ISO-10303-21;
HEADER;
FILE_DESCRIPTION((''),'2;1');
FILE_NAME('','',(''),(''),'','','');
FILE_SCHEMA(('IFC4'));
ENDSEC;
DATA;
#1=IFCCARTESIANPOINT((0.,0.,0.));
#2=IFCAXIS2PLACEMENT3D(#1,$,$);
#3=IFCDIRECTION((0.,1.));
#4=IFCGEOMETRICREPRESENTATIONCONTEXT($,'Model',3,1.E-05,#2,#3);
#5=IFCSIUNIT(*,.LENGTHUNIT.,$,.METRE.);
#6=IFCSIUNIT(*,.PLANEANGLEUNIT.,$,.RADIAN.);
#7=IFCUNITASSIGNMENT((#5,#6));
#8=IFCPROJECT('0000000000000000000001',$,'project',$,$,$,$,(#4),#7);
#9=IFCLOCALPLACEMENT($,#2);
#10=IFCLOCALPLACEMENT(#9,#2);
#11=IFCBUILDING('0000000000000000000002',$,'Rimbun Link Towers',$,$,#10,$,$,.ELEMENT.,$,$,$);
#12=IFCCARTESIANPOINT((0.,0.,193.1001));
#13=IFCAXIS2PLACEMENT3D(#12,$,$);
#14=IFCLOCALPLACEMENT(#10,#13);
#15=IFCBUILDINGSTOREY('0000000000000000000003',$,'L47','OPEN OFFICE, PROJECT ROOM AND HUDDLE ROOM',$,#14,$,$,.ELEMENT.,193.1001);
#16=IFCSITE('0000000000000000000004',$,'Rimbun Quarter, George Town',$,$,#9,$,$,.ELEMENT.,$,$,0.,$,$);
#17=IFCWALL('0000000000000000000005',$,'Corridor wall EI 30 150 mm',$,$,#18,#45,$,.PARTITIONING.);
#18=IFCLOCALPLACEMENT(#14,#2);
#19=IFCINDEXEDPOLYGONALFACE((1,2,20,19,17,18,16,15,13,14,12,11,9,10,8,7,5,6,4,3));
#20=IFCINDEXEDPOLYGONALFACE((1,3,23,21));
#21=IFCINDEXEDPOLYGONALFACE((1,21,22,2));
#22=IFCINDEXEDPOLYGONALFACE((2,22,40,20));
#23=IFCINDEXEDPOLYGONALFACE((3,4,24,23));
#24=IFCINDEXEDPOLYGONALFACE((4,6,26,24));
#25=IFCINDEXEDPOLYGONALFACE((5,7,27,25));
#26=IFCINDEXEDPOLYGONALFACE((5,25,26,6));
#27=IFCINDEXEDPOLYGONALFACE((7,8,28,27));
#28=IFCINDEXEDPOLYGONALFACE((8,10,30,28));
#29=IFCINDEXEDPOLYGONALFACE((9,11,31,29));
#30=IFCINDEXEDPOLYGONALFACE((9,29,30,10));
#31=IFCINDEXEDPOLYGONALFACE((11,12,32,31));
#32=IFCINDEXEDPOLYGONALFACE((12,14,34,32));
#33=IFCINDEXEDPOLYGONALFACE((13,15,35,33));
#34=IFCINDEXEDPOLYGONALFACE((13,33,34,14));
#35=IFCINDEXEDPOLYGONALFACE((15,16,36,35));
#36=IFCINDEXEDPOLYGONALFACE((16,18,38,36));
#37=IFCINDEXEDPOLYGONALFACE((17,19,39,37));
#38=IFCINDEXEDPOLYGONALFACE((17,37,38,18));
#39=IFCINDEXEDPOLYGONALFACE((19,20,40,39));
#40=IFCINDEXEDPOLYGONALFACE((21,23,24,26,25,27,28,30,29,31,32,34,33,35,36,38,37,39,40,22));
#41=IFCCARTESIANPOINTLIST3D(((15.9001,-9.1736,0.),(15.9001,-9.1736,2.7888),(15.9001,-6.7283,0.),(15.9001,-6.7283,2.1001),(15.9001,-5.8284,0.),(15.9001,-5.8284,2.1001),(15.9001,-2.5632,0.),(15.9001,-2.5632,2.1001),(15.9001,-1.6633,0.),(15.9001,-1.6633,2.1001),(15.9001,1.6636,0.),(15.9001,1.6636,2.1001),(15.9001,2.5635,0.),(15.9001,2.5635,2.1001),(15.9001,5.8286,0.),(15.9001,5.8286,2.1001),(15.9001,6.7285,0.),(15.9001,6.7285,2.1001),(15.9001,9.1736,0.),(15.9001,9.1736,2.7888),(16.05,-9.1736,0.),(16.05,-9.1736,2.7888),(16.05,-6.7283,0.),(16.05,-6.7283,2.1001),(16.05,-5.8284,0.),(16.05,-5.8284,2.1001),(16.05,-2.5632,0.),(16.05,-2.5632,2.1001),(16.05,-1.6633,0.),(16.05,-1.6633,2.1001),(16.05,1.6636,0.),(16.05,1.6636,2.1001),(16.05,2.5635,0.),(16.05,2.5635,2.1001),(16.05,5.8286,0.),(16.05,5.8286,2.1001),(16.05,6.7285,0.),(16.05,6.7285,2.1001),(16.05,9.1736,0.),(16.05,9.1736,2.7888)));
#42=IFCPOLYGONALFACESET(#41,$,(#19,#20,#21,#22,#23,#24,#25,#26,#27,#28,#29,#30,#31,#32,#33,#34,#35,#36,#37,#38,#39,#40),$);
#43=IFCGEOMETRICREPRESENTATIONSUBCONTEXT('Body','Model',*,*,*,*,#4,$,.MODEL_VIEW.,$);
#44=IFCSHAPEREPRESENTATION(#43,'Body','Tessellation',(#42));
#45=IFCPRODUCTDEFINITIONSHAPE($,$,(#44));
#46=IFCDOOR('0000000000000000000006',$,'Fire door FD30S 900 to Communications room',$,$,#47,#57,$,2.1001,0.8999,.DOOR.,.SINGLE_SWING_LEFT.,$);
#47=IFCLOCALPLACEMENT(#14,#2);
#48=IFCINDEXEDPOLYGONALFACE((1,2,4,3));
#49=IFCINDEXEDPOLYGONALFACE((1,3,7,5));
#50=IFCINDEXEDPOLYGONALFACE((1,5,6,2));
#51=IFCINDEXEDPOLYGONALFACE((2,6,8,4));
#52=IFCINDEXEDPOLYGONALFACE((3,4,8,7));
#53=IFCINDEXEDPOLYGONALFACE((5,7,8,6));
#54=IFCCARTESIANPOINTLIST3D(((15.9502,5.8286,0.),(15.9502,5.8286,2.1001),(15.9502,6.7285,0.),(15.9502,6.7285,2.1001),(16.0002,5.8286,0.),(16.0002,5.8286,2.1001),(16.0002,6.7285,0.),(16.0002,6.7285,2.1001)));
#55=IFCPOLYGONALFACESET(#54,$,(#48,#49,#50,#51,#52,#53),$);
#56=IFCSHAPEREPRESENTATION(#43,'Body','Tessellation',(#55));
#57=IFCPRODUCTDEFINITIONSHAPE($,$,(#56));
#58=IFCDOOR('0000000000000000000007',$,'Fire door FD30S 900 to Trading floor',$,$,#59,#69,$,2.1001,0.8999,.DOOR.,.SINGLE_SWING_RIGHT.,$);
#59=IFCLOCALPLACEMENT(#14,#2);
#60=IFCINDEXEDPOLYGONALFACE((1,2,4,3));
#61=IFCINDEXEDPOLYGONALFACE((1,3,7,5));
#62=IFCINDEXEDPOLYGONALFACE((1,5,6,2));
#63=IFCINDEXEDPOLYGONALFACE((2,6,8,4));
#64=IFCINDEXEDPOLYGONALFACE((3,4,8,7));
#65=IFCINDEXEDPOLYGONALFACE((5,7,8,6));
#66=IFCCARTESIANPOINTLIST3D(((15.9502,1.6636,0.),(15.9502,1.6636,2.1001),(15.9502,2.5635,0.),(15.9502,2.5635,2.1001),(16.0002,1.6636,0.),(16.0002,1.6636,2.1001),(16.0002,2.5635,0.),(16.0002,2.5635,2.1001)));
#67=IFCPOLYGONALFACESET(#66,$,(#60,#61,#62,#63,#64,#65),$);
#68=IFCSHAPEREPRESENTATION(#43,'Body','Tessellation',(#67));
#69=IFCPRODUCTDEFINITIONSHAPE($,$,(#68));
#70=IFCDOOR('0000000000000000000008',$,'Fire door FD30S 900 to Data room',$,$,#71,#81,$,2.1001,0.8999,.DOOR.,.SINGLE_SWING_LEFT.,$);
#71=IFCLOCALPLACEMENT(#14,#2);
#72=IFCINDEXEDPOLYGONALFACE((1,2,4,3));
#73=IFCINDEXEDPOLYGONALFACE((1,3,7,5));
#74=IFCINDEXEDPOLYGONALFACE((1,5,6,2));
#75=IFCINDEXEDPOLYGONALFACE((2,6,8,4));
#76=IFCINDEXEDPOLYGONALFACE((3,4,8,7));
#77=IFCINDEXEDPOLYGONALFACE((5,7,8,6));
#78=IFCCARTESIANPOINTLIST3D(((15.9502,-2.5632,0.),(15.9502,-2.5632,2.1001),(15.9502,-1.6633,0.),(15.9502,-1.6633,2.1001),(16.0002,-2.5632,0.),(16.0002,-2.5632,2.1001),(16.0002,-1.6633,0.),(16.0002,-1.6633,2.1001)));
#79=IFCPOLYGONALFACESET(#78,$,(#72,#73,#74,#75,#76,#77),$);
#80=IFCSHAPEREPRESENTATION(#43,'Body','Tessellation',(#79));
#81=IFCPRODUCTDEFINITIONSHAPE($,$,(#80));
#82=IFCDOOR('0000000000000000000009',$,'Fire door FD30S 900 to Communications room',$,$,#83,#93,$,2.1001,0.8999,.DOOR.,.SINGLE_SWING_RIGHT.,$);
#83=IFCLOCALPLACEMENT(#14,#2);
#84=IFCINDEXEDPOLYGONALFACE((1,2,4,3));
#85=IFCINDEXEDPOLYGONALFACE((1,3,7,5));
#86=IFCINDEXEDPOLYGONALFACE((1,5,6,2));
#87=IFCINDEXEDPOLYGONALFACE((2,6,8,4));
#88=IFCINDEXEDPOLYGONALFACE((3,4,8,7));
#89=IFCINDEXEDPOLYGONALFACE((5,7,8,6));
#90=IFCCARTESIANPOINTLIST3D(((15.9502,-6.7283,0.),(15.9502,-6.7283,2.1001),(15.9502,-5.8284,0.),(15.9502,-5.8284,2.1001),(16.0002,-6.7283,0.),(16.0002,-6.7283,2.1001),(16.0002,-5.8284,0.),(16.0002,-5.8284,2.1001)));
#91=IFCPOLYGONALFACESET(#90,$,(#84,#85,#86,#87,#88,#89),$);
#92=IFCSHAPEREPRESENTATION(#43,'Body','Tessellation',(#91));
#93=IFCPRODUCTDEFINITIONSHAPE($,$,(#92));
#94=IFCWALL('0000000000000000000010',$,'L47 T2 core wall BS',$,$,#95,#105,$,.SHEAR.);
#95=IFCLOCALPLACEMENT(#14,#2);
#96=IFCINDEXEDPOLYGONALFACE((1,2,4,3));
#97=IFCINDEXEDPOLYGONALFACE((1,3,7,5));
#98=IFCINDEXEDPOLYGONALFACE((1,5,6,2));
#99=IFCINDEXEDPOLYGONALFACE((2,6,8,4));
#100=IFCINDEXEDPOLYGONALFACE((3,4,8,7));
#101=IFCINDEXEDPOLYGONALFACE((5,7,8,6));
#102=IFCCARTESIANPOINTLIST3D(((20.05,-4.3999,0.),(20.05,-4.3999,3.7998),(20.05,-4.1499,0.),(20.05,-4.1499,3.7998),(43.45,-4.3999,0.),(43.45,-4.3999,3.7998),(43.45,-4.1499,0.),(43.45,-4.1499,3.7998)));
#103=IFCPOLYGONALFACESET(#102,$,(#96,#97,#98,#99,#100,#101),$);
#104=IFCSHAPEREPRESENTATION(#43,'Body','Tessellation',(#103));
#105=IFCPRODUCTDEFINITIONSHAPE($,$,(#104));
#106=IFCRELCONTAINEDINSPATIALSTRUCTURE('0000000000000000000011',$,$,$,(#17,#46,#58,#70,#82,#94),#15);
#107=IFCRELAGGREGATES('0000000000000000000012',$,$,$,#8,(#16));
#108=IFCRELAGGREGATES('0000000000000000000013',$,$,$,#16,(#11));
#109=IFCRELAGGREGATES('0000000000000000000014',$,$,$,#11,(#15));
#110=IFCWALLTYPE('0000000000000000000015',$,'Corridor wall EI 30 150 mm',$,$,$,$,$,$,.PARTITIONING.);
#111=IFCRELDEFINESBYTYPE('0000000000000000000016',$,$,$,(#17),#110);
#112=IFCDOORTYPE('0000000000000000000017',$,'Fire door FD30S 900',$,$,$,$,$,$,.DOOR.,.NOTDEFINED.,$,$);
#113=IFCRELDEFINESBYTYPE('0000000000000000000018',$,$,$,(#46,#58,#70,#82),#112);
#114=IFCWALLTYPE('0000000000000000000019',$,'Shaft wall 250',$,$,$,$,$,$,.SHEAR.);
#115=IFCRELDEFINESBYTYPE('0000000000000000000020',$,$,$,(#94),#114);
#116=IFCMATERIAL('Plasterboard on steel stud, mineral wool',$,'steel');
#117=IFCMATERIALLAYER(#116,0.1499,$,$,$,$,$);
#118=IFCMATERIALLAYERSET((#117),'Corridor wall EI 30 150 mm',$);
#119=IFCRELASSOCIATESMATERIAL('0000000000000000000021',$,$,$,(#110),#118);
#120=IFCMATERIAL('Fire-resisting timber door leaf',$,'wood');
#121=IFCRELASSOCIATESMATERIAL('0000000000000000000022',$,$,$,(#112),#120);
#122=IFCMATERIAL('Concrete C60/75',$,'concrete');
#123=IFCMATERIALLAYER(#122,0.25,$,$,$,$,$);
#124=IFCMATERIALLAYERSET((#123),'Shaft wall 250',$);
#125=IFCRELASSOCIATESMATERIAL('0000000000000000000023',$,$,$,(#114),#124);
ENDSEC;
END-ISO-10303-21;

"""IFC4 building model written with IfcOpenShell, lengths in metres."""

from ifc_helpers import new_model, si_unit, direction, frame, frame_2d, origin, place, context, subcontext, project, spatial, rectangle, extrude, material, layer, layer_set, type_object, element, fill, save


model = new_model("IFC4")

# Units and contexts
model_context = context("Model", 3, precision=1e-05, world=origin(), true_north=direction((0.0, 1.0)))
body_context = subcontext(model_context, "Body", "Model", "MODEL_VIEW")
ifc_project = project(units=[si_unit("LENGTHUNIT", "METRE"), si_unit("PLANEANGLEUNIT", "RADIAN")], contexts=[model_context])

# Site, building, storey
site_placement = place(None, origin())
site = spatial("IfcSite", under=ifc_project, at=site_placement, Name="Rimbun Quarter, George Town", CompositionType="ELEMENT", RefElevation=0.0)
building_placement = place(site_placement, origin())
building = spatial("IfcBuilding", under=site, at=building_placement, Name="Rimbun Link Towers", CompositionType="ELEMENT")
storey_placement = place(building_placement, frame((0.0, 0.0, 193.1001)))
storey = spatial("IfcBuildingStorey", under=building, at=storey_placement, Name="L47", Description="OPEN OFFICE, PROJECT ROOM AND HUDDLE ROOM", CompositionType="ELEMENT", Elevation=193.1001)

# Wall, openings, doors
ifc_material_1 = material(Name="Plasterboard on steel stud, mineral wool", Category="steel")
ifc_layer_1 = layer(ifc_material_1, 0.1499)
ifc_layer_set_1 = layer_set([ifc_layer_1], Name="Corridor wall EI 30 150 mm")
wall_type_1 = type_object("IfcWallType", Name="Corridor wall EI 30 150 mm", PredefinedType="PARTITIONING", material=ifc_layer_set_1)
wall_1_placement = place(storey_placement, frame((15.9751, -9.1736, 0.0), z_axis=(0.0, 0.0, 1.0), x_axis=(0.0, 1.0, 0.0)))
wall_1 = element("IfcWall", 1, at=wall_1_placement, inside=storey, type_object=wall_type_1, Name="Corridor wall EI 30 150 mm", PredefinedType="PARTITIONING", context=body_context, shape_type="SweptSolid", body=[
    extrude(rectangle(XDim=18.3472, YDim=0.1499, at=frame_2d((9.1736, 0.0))), origin(), (0.0, 0.0, 1.0), 2.7888),
])
opening_1_placement = place(wall_1_placement, frame((15.0022, 0.0, 0.0)))
opening_1 = element("IfcOpeningElement", 2, at=opening_1_placement, cuts=wall_1, PredefinedType="OPENING", context=body_context, shape_type="SweptSolid", body=[
    extrude(rectangle(XDim=0.8999, YDim=2.1001, at=frame_2d((0.45, 1.05))), frame((0.0, 0.085, 0.0), z_axis=(0.0, -1.0, 0.0), x_axis=(1.0, 0.0, 0.0)), (0.0, 0.0, 1.0), 0.1699),
])
opening_2_placement = place(wall_1_placement, frame((10.8372, 0.0, 0.0)))
opening_2 = element("IfcOpeningElement", 3, at=opening_2_placement, cuts=wall_1, PredefinedType="OPENING", context=body_context, shape_type="SweptSolid", body=[
    extrude(rectangle(XDim=0.8999, YDim=2.1001, at=frame_2d((0.45, 1.05))), frame((0.0, 0.085, 0.0), z_axis=(0.0, -1.0, 0.0), x_axis=(1.0, 0.0, 0.0)), (0.0, 0.0, 1.0), 0.1699),
])
opening_3_placement = place(wall_1_placement, frame((6.6104, 0.0, 0.0)))
opening_3 = element("IfcOpeningElement", 4, at=opening_3_placement, cuts=wall_1, PredefinedType="OPENING", context=body_context, shape_type="SweptSolid", body=[
    extrude(rectangle(XDim=0.8999, YDim=2.1001, at=frame_2d((0.45, 1.05))), frame((0.0, 0.085, 0.0), z_axis=(0.0, -1.0, 0.0), x_axis=(1.0, 0.0, 0.0)), (0.0, 0.0, 1.0), 0.1699),
])
opening_4_placement = place(wall_1_placement, frame((2.4453, 0.0, 0.0)))
opening_4 = element("IfcOpeningElement", 5, at=opening_4_placement, cuts=wall_1, PredefinedType="OPENING", context=body_context, shape_type="SweptSolid", body=[
    extrude(rectangle(XDim=0.8999, YDim=2.1001, at=frame_2d((0.45, 1.05))), frame((0.0, 0.085, 0.0), z_axis=(0.0, -1.0, 0.0), x_axis=(1.0, 0.0, 0.0)), (0.0, 0.0, 1.0), 0.1699),
])
ifc_material_2 = material(Name="Fire-resisting timber door leaf", Category="wood")
door_type_1 = type_object("IfcDoorType", Name="Fire door FD30S 900", OperationType="NOTDEFINED", PredefinedType="DOOR", material=ifc_material_2)
door_1_placement = place(opening_1_placement, origin())
door_1 = element("IfcDoor", 6, at=door_1_placement, inside=storey, type_object=door_type_1, Name="Fire door FD30S 900 to Communications room", OperationType="SINGLE_SWING_LEFT", OverallHeight=2.1001, OverallWidth=0.8999, PredefinedType="DOOR", context=body_context, shape_type="SweptSolid", body=[
    extrude(rectangle(XDim=0.8999, YDim=2.1001, at=frame_2d((0.45, 1.05))), frame((0.0, 0.0249, 0.0), z_axis=(0.0, -1.0, 0.0), x_axis=(1.0, 0.0, 0.0)), (0.0, 0.0, 1.0), 0.05),
])
fill(opening_1, door_1)
door_2_placement = place(opening_2_placement, origin())
door_2 = element("IfcDoor", 7, at=door_2_placement, inside=storey, type_object=door_type_1, Name="Fire door FD30S 900 to Trading floor", OperationType="SINGLE_SWING_RIGHT", OverallHeight=2.1001, OverallWidth=0.8999, PredefinedType="DOOR", context=body_context, shape_type="SweptSolid", body=[
    extrude(rectangle(XDim=0.8999, YDim=2.1001, at=frame_2d((0.45, 1.05))), frame((0.0, 0.0249, 0.0), z_axis=(0.0, -1.0, 0.0), x_axis=(1.0, 0.0, 0.0)), (0.0, 0.0, 1.0), 0.05),
])
fill(opening_2, door_2)
door_3_placement = place(opening_3_placement, origin())
door_3 = element("IfcDoor", 8, at=door_3_placement, inside=storey, type_object=door_type_1, Name="Fire door FD30S 900 to Data room", OperationType="SINGLE_SWING_LEFT", OverallHeight=2.1001, OverallWidth=0.8999, PredefinedType="DOOR", context=body_context, shape_type="SweptSolid", body=[
    extrude(rectangle(XDim=0.8999, YDim=2.1001, at=frame_2d((0.45, 1.05))), frame((0.0, 0.0249, 0.0), z_axis=(0.0, -1.0, 0.0), x_axis=(1.0, 0.0, 0.0)), (0.0, 0.0, 1.0), 0.05),
])
fill(opening_3, door_3)
door_4_placement = place(opening_4_placement, origin())
door_4 = element("IfcDoor", 9, at=door_4_placement, inside=storey, type_object=door_type_1, Name="Fire door FD30S 900 to Communications room", OperationType="SINGLE_SWING_RIGHT", OverallHeight=2.1001, OverallWidth=0.8999, PredefinedType="DOOR", context=body_context, shape_type="SweptSolid", body=[
    extrude(rectangle(XDim=0.8999, YDim=2.1001, at=frame_2d((0.45, 1.05))), frame((0.0, 0.0249, 0.0), z_axis=(0.0, -1.0, 0.0), x_axis=(1.0, 0.0, 0.0)), (0.0, 0.0, 1.0), 0.05),
])
fill(opening_4, door_4)

# Wall
ifc_material_3 = material(Name="Concrete C60/75", Category="concrete")
ifc_layer_2 = layer(ifc_material_3, 0.25)
ifc_layer_set_2 = layer_set([ifc_layer_2], Name="Shaft wall 250")
wall_type_2 = type_object("IfcWallType", Name="Shaft wall 250", PredefinedType="SHEAR", material=ifc_layer_set_2)
wall_2_placement = place(storey_placement, frame((20.05, -4.2749, 0.0), z_axis=(0.0, 0.0, 1.0), x_axis=(1.0, 0.0, 0.0)))
element("IfcWall", 10, at=wall_2_placement, inside=storey, type_object=wall_type_2, Name="L47 T2 core wall BS", PredefinedType="SHEAR", context=body_context, shape_type="SweptSolid", body=[
    extrude(rectangle(XDim=23.3999, YDim=0.25, at=frame_2d((11.7, 0.0))), origin(), (0.0, 0.0, 1.0), 3.7998),
])

save(model, "model.ifc")
